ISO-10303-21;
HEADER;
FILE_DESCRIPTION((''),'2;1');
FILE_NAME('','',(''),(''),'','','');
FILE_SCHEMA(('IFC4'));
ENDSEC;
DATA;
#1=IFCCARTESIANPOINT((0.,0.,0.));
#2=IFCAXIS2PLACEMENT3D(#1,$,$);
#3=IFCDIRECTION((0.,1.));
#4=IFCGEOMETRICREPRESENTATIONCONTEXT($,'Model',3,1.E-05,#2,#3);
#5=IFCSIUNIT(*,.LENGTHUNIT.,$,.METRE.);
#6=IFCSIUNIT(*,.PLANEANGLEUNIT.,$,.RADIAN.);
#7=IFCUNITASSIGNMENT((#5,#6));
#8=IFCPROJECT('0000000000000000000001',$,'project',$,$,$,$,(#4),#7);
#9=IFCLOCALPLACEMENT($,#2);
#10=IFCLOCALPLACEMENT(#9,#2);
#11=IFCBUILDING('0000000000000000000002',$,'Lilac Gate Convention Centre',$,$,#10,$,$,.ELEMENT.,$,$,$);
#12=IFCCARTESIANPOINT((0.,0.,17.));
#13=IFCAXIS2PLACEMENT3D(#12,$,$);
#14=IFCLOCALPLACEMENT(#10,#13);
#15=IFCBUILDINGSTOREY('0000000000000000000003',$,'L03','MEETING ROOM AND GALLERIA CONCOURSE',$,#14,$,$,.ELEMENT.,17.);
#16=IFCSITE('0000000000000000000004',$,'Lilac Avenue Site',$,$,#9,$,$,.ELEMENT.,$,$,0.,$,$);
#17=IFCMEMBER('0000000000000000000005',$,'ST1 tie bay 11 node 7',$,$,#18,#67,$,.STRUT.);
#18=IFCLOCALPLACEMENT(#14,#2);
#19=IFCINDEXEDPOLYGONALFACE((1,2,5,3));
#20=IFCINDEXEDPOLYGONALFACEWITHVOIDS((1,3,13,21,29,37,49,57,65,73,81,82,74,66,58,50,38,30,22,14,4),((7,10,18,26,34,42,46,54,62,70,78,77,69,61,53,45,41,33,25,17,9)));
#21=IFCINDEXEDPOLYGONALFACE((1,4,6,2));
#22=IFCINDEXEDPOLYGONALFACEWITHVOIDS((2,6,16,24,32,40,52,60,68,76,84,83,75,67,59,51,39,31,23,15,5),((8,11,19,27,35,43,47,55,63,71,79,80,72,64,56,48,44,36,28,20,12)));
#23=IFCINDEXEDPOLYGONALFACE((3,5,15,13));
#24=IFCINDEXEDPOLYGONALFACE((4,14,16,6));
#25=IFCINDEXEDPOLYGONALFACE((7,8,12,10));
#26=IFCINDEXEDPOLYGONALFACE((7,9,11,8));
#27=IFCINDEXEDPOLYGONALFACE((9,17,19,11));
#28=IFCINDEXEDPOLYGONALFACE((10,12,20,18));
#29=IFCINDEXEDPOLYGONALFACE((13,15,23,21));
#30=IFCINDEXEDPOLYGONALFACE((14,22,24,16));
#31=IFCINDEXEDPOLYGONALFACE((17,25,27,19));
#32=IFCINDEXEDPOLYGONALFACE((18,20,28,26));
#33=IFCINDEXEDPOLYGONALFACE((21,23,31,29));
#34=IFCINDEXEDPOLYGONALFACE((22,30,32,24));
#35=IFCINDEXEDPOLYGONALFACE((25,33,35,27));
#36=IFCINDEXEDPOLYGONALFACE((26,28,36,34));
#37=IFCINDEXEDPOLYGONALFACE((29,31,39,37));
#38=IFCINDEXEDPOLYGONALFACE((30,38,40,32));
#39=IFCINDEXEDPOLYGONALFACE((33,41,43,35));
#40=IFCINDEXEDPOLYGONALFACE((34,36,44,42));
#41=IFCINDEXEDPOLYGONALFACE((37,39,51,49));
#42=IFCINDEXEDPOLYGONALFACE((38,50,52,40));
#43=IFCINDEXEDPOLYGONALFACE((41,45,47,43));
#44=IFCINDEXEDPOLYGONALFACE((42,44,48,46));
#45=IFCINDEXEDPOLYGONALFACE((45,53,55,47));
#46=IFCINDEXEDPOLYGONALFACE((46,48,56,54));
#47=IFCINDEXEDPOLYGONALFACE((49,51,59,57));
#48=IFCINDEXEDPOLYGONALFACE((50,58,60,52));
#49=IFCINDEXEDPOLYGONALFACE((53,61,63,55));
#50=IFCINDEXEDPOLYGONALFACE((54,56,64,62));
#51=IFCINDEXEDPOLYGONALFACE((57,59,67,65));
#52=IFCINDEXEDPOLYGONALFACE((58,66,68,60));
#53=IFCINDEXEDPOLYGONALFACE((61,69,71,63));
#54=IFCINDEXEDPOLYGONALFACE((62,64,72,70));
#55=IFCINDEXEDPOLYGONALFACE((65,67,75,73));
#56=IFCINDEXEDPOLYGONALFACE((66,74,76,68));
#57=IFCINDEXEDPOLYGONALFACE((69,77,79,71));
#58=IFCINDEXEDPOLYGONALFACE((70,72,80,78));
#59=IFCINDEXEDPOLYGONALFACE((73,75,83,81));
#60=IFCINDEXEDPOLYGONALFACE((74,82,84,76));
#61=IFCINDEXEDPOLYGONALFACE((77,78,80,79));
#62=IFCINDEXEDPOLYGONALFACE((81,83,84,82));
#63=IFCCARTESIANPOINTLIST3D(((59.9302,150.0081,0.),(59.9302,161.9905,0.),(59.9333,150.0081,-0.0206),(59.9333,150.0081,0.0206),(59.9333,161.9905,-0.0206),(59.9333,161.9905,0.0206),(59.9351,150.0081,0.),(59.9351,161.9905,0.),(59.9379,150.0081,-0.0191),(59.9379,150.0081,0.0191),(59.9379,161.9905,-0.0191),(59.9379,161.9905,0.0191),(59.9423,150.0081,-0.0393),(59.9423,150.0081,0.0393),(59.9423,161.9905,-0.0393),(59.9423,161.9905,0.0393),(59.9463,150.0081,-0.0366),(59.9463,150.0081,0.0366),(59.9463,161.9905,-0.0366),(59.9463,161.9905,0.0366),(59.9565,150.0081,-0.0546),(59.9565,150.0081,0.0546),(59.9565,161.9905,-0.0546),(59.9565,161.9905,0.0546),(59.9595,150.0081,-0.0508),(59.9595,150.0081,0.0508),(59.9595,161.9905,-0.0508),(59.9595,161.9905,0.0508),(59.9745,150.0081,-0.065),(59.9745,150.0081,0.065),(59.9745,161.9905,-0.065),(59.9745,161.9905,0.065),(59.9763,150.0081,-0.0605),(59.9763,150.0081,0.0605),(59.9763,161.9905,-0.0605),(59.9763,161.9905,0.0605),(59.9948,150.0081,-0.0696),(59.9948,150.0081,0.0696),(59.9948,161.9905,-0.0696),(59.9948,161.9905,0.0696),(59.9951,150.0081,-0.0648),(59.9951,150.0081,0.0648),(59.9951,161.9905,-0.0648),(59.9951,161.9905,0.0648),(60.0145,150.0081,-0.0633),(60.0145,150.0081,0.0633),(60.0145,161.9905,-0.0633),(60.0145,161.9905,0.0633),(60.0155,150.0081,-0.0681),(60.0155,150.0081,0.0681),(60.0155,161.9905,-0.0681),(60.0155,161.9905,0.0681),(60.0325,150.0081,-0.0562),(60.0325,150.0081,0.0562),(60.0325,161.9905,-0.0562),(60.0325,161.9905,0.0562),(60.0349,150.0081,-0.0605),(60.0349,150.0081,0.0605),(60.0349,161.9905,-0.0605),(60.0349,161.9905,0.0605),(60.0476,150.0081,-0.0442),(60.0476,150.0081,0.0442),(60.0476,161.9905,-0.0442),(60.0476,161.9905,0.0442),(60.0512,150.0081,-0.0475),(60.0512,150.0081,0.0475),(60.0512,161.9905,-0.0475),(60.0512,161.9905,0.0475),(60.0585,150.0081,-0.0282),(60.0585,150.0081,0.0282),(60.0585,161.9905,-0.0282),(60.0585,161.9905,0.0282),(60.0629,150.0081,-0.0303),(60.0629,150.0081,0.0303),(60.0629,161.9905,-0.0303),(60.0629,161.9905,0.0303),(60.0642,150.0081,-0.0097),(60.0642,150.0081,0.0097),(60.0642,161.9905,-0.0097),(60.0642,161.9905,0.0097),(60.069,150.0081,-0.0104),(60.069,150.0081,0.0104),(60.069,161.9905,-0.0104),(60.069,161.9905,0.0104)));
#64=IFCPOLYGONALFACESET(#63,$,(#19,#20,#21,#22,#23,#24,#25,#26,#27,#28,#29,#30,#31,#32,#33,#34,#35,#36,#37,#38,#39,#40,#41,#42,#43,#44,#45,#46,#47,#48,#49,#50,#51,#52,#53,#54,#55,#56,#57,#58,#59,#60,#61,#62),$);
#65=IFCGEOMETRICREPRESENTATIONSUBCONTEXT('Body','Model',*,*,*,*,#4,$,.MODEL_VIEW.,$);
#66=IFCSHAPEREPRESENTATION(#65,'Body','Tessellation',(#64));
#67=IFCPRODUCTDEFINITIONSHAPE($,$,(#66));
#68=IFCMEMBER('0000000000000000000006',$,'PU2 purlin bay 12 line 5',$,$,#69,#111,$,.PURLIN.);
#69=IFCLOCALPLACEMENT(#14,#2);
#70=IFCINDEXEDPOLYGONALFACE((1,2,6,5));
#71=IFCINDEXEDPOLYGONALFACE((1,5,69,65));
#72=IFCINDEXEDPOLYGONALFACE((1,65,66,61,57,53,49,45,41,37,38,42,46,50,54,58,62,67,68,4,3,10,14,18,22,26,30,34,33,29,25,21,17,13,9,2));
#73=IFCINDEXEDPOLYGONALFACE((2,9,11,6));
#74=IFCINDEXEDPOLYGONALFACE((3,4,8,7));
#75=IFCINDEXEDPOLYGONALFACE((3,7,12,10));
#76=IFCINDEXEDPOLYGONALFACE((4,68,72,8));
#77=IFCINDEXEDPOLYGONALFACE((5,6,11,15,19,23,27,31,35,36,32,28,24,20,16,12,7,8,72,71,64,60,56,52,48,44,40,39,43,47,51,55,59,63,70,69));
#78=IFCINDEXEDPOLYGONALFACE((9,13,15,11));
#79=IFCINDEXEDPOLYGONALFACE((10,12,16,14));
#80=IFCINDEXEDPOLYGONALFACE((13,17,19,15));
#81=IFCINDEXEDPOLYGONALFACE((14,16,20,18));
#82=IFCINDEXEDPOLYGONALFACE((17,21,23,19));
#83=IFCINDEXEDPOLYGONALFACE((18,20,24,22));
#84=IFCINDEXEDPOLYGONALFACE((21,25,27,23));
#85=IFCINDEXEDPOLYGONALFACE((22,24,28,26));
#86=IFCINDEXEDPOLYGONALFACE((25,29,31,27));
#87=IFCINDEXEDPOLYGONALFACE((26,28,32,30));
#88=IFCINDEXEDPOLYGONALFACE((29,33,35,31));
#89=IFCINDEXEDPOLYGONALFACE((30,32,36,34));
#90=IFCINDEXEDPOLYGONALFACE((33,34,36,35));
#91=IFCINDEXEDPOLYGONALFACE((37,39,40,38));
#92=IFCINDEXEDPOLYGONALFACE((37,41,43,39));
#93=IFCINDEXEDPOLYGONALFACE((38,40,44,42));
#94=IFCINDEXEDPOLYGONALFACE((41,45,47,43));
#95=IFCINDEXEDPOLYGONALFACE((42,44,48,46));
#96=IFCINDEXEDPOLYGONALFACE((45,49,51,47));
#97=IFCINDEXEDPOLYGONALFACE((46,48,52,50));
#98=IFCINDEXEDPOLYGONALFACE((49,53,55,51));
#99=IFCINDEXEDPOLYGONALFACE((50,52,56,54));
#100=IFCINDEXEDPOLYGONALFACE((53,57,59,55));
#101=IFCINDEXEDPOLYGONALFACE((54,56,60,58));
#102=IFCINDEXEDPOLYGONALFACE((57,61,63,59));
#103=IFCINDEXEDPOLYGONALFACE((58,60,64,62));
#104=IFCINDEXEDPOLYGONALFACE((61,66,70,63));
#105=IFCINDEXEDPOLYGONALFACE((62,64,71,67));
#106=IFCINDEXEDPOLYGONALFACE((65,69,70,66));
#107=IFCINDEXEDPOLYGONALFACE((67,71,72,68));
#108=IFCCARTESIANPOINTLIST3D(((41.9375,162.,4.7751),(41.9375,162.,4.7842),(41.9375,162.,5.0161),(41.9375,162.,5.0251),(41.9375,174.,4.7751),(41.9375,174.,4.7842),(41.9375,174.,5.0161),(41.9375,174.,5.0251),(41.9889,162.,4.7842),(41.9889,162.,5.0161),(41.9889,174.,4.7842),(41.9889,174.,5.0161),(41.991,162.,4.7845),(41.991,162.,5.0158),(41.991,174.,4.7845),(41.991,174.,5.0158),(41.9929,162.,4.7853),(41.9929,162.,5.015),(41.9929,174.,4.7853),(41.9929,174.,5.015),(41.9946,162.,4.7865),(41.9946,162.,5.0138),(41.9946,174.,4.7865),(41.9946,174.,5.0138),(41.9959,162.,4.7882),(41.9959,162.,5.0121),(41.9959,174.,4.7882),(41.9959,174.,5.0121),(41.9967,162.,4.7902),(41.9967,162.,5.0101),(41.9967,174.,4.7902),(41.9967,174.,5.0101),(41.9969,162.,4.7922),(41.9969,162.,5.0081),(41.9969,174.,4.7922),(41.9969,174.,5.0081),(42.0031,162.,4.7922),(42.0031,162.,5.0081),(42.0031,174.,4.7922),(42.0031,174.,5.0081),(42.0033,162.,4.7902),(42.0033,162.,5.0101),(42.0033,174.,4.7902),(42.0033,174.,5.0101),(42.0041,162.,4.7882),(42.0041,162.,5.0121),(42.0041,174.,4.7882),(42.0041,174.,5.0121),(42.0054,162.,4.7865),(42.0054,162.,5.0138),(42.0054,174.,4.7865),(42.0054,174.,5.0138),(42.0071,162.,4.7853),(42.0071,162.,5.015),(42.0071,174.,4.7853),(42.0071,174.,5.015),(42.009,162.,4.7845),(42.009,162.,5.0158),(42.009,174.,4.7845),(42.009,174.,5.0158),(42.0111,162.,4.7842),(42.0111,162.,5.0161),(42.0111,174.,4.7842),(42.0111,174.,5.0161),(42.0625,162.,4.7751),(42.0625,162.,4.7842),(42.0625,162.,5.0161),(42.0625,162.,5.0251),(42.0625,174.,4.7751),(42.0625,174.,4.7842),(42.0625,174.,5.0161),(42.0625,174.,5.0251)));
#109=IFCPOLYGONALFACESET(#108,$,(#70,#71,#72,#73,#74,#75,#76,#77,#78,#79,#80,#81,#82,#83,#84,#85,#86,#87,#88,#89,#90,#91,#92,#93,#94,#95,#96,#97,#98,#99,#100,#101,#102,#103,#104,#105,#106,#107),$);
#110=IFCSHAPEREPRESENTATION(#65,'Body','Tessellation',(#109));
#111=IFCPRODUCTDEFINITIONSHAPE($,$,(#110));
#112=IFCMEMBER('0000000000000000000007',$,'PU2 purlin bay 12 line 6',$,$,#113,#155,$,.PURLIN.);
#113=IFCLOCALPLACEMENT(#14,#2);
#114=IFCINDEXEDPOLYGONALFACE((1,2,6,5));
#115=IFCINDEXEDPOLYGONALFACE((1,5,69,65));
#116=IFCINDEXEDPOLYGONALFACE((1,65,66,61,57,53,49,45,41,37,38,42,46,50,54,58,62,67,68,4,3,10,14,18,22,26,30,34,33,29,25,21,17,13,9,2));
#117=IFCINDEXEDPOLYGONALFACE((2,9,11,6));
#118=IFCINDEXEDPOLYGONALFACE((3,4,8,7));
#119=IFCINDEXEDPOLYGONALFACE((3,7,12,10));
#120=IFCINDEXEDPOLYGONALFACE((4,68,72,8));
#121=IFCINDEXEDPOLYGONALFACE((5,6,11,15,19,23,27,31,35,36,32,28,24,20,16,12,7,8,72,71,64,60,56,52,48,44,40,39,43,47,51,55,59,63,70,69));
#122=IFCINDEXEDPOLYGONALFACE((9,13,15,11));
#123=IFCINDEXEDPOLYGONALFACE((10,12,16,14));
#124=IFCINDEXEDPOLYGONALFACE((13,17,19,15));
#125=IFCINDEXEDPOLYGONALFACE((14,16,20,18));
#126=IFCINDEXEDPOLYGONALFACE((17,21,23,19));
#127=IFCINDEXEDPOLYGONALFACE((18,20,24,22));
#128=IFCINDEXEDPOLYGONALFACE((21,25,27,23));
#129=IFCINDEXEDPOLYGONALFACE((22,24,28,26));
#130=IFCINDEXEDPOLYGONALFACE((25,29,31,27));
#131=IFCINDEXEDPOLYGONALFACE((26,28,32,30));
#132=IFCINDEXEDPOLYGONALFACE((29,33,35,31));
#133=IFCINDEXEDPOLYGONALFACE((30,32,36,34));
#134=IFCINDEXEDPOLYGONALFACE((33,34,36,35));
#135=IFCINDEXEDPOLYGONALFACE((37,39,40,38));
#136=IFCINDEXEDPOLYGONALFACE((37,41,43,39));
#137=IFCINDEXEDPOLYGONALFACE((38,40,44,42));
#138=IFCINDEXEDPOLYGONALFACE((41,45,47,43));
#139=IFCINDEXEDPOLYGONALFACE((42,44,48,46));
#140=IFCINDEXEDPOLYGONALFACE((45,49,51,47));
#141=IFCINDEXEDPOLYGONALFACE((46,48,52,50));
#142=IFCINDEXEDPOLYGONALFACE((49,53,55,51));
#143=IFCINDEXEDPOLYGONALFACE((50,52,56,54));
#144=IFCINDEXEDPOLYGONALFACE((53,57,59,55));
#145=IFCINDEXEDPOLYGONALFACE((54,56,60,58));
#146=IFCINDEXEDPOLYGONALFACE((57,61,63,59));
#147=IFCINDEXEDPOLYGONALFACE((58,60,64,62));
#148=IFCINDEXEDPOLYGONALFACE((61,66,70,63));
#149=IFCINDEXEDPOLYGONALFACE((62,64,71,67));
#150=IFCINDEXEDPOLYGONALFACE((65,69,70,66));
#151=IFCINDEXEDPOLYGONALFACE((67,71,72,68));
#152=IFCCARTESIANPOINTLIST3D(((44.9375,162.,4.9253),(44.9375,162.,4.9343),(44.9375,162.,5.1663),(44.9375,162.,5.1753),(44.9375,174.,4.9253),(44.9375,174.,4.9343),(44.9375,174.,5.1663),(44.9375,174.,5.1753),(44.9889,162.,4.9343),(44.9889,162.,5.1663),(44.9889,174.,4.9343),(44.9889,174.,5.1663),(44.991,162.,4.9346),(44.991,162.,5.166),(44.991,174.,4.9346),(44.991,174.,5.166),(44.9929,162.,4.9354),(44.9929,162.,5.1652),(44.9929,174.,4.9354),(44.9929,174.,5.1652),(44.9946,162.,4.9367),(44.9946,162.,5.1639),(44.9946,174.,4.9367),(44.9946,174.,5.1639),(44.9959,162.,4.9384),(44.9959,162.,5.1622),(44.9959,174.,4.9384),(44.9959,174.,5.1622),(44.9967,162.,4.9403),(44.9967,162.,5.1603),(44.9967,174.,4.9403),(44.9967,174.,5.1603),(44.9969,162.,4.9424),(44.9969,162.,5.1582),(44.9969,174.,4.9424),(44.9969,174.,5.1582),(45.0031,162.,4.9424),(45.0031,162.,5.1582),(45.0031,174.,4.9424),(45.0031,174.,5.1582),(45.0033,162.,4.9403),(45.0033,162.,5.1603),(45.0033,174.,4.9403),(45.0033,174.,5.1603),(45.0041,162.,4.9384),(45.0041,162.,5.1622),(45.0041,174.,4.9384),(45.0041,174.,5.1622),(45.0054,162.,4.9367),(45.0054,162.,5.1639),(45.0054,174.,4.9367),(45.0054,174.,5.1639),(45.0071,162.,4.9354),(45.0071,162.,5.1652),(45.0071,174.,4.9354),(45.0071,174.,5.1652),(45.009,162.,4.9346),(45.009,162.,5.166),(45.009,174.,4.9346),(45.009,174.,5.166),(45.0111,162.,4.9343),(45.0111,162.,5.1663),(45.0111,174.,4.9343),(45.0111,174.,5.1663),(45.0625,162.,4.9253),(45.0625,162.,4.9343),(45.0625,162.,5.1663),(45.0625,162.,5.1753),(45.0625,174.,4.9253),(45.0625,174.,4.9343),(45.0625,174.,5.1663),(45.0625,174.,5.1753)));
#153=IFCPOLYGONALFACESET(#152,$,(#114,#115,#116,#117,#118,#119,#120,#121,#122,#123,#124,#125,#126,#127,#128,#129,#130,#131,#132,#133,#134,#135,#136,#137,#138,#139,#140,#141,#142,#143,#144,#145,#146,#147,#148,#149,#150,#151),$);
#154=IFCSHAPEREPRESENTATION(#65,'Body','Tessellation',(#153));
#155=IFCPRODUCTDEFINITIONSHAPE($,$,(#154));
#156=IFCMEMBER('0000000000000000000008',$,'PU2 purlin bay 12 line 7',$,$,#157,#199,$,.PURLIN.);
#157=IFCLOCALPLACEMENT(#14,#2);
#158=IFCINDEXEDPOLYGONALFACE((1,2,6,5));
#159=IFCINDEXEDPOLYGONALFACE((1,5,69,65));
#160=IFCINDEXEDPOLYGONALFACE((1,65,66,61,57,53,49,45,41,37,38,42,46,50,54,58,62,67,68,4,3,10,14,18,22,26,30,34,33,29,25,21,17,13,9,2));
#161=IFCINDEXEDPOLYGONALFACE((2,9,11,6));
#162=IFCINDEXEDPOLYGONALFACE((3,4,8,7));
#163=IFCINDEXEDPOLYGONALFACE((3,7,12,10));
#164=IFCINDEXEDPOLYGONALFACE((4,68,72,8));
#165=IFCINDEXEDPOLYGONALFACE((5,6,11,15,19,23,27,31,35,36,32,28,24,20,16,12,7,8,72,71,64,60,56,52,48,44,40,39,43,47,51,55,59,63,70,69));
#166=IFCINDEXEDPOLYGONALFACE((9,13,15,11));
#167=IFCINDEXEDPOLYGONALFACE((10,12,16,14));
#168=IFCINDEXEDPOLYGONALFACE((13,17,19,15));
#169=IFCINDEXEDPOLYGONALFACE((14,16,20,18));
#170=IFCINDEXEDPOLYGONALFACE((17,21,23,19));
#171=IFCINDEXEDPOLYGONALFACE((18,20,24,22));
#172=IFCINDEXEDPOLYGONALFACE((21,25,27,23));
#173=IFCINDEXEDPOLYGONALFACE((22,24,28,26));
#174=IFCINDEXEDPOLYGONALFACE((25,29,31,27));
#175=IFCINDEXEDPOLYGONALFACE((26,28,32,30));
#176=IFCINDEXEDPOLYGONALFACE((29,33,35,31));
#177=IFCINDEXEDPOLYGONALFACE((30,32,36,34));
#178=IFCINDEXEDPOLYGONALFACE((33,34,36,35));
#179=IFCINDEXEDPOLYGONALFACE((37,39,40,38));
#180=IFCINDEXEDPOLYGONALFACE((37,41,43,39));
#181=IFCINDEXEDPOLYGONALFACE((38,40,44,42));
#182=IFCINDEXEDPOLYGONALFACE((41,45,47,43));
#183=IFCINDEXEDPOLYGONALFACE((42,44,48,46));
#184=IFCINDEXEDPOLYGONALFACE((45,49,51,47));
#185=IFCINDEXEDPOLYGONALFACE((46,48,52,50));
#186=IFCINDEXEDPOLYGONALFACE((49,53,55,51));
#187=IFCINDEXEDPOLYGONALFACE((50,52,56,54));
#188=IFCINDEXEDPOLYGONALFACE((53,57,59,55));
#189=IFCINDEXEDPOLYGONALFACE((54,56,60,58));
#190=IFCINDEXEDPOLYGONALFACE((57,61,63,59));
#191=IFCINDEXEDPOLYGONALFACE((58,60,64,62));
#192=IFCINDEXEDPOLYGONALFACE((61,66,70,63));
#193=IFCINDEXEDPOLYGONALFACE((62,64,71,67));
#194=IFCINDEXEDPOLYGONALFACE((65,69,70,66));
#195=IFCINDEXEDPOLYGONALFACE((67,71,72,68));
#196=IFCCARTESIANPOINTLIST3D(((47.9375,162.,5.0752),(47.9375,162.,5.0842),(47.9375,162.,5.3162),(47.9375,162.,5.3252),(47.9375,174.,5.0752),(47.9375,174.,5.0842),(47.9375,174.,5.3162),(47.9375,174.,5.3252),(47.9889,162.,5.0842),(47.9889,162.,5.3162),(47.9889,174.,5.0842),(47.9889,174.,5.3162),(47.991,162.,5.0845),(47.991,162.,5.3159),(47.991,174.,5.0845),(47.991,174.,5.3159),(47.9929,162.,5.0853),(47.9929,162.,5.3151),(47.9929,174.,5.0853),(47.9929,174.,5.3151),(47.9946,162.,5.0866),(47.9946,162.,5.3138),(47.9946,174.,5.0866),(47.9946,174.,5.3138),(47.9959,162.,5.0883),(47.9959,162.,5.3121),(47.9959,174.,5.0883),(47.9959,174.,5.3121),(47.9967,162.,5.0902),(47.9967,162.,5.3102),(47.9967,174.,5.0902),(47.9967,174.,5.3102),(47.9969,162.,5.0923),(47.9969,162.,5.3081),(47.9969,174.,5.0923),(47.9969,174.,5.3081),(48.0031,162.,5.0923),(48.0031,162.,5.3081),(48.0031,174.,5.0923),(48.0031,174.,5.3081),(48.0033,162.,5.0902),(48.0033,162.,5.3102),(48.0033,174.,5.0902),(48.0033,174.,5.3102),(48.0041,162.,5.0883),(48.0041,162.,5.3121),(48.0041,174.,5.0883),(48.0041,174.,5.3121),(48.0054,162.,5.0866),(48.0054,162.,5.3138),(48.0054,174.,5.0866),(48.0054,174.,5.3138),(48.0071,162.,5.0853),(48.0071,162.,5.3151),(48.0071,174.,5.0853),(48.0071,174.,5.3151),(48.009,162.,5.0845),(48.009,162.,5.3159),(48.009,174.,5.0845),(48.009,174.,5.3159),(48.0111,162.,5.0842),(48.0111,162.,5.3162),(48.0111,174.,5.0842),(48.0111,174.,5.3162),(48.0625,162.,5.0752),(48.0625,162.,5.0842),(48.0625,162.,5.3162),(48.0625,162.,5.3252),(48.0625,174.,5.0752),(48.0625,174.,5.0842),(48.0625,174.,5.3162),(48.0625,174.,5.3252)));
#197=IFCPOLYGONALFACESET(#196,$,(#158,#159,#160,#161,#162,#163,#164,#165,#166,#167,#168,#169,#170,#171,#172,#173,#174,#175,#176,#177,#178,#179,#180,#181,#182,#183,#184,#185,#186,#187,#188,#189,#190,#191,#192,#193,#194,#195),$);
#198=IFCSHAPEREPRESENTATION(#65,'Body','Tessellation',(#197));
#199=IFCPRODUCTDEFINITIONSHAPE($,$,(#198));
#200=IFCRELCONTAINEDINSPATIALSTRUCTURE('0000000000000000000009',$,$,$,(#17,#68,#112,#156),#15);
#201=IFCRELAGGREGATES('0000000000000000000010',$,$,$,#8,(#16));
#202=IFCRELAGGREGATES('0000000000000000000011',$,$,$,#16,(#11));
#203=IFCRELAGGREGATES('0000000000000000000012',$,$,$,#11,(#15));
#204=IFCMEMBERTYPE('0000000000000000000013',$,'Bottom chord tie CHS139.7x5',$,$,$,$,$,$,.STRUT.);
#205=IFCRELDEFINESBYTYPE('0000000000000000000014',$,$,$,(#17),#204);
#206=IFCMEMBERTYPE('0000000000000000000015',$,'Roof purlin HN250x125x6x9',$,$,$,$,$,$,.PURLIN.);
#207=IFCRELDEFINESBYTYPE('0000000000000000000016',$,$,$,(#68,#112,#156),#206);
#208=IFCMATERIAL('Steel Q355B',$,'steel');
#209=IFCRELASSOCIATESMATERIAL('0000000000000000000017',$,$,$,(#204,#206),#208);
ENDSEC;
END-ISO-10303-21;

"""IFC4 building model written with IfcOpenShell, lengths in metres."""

from ifc_helpers import new_model, si_unit, direction, frame, origin, origin_2d, place, context, subcontext, project, spatial, hollow_circle, i_section, extrude, material, material_profile, profile_set, type_object, element, save


model = new_model("IFC4")

# Units and contexts
model_context = context("Model", 3, precision=1e-05, world=origin(), true_north=direction((0.0, 1.0)))
body_context = subcontext(model_context, "Body", "Model", "MODEL_VIEW")
ifc_project = project(units=[si_unit("LENGTHUNIT", "METRE"), si_unit("PLANEANGLEUNIT", "RADIAN")], contexts=[model_context])

# Site, building, storey
site_placement = place(None, origin())
site = spatial("IfcSite", under=ifc_project, at=site_placement, Name="Lilac Avenue Site", CompositionType="ELEMENT", RefElevation=0.0)
building_placement = place(site_placement, origin())
building = spatial("IfcBuilding", under=site, at=building_placement, Name="Lilac Gate Convention Centre", CompositionType="ELEMENT")
storey_placement = place(building_placement, frame((0.0, 0.0, 17.0)))
storey = spatial("IfcBuildingStorey", under=building, at=storey_placement, Name="L03", Description="MEETING ROOM AND GALLERIA CONCOURSE", CompositionType="ELEMENT", Elevation=17.0)

# Members
ifc_material = material(Name="Steel Q355B", Category="steel")
ifc_material_profile_1 = material_profile(ifc_material, hollow_circle(Radius=0.0698, WallThickness=0.0049, at=origin_2d()), Name="CHS139.7x5")
ifc_profile_set_1 = profile_set([ifc_material_profile_1], Name="Steel Q355B")
member_type_1 = type_object("IfcMemberType", Name="Bottom chord tie CHS139.7x5", PredefinedType="STRUT", material=ifc_profile_set_1)
member_1_placement = place(storey_placement, frame((60.0, 150.0081, 0.0), z_axis=(0.0, 1.0, 0.0), x_axis=(-1.0, 0.0, 0.0)))
element("IfcMember", 1, at=member_1_placement, inside=storey, type_object=member_type_1, Name="ST1 tie bay 11 node 7", PredefinedType="STRUT", context=body_context, shape_type="SweptSolid", body=[
    extrude(hollow_circle(Radius=0.0698, WallThickness=0.0049, at=origin_2d()), origin(), (0.0, 0.0, 1.0), 11.9824),
])
ifc_material_profile_2 = material_profile(ifc_material, i_section(OverallWidth=0.125, OverallDepth=0.25, WebThickness=0.0061, FlangeThickness=0.009, FilletRadius=0.0081, at=origin_2d()), Name="HN250x125x6x9")
ifc_profile_set_2 = profile_set([ifc_material_profile_2], Name="Steel Q355B")
member_type_2 = type_object("IfcMemberType", Name="Roof purlin HN250x125x6x9", PredefinedType="PURLIN", material=ifc_profile_set_2)
for number, where, z_axis, x_axis, name in (
    (2, (42.0, 162.0, 4.9001), (0.0, 1.0, 0.0), (-1.0, 0.0, 0.0), "PU2 purlin bay 12 line 5"),
    (3, (45.0, 162.0, 5.0503), (0.0, 1.0, 0.0), (-1.0, 0.0, 0.0), "PU2 purlin bay 12 line 6"),
    (4, (48.0, 162.0, 5.2002), (0.0, 1.0, 0.0), (-1.0, 0.0, 0.0), "PU2 purlin bay 12 line 7"),
):
    element("IfcMember", number, at=place(storey_placement, frame(where, z_axis=z_axis, x_axis=x_axis)), inside=storey, type_object=member_type_2, Name=name, PredefinedType="PURLIN", context=body_context, shape_type="SweptSolid", body=[
        extrude(i_section(OverallWidth=0.125, OverallDepth=0.25, WebThickness=0.0061, FlangeThickness=0.009, FilletRadius=0.0081, at=origin_2d()), origin(), (0.0, 0.0, 1.0), 12.0),
    ])

save(model, "model.ifc")
